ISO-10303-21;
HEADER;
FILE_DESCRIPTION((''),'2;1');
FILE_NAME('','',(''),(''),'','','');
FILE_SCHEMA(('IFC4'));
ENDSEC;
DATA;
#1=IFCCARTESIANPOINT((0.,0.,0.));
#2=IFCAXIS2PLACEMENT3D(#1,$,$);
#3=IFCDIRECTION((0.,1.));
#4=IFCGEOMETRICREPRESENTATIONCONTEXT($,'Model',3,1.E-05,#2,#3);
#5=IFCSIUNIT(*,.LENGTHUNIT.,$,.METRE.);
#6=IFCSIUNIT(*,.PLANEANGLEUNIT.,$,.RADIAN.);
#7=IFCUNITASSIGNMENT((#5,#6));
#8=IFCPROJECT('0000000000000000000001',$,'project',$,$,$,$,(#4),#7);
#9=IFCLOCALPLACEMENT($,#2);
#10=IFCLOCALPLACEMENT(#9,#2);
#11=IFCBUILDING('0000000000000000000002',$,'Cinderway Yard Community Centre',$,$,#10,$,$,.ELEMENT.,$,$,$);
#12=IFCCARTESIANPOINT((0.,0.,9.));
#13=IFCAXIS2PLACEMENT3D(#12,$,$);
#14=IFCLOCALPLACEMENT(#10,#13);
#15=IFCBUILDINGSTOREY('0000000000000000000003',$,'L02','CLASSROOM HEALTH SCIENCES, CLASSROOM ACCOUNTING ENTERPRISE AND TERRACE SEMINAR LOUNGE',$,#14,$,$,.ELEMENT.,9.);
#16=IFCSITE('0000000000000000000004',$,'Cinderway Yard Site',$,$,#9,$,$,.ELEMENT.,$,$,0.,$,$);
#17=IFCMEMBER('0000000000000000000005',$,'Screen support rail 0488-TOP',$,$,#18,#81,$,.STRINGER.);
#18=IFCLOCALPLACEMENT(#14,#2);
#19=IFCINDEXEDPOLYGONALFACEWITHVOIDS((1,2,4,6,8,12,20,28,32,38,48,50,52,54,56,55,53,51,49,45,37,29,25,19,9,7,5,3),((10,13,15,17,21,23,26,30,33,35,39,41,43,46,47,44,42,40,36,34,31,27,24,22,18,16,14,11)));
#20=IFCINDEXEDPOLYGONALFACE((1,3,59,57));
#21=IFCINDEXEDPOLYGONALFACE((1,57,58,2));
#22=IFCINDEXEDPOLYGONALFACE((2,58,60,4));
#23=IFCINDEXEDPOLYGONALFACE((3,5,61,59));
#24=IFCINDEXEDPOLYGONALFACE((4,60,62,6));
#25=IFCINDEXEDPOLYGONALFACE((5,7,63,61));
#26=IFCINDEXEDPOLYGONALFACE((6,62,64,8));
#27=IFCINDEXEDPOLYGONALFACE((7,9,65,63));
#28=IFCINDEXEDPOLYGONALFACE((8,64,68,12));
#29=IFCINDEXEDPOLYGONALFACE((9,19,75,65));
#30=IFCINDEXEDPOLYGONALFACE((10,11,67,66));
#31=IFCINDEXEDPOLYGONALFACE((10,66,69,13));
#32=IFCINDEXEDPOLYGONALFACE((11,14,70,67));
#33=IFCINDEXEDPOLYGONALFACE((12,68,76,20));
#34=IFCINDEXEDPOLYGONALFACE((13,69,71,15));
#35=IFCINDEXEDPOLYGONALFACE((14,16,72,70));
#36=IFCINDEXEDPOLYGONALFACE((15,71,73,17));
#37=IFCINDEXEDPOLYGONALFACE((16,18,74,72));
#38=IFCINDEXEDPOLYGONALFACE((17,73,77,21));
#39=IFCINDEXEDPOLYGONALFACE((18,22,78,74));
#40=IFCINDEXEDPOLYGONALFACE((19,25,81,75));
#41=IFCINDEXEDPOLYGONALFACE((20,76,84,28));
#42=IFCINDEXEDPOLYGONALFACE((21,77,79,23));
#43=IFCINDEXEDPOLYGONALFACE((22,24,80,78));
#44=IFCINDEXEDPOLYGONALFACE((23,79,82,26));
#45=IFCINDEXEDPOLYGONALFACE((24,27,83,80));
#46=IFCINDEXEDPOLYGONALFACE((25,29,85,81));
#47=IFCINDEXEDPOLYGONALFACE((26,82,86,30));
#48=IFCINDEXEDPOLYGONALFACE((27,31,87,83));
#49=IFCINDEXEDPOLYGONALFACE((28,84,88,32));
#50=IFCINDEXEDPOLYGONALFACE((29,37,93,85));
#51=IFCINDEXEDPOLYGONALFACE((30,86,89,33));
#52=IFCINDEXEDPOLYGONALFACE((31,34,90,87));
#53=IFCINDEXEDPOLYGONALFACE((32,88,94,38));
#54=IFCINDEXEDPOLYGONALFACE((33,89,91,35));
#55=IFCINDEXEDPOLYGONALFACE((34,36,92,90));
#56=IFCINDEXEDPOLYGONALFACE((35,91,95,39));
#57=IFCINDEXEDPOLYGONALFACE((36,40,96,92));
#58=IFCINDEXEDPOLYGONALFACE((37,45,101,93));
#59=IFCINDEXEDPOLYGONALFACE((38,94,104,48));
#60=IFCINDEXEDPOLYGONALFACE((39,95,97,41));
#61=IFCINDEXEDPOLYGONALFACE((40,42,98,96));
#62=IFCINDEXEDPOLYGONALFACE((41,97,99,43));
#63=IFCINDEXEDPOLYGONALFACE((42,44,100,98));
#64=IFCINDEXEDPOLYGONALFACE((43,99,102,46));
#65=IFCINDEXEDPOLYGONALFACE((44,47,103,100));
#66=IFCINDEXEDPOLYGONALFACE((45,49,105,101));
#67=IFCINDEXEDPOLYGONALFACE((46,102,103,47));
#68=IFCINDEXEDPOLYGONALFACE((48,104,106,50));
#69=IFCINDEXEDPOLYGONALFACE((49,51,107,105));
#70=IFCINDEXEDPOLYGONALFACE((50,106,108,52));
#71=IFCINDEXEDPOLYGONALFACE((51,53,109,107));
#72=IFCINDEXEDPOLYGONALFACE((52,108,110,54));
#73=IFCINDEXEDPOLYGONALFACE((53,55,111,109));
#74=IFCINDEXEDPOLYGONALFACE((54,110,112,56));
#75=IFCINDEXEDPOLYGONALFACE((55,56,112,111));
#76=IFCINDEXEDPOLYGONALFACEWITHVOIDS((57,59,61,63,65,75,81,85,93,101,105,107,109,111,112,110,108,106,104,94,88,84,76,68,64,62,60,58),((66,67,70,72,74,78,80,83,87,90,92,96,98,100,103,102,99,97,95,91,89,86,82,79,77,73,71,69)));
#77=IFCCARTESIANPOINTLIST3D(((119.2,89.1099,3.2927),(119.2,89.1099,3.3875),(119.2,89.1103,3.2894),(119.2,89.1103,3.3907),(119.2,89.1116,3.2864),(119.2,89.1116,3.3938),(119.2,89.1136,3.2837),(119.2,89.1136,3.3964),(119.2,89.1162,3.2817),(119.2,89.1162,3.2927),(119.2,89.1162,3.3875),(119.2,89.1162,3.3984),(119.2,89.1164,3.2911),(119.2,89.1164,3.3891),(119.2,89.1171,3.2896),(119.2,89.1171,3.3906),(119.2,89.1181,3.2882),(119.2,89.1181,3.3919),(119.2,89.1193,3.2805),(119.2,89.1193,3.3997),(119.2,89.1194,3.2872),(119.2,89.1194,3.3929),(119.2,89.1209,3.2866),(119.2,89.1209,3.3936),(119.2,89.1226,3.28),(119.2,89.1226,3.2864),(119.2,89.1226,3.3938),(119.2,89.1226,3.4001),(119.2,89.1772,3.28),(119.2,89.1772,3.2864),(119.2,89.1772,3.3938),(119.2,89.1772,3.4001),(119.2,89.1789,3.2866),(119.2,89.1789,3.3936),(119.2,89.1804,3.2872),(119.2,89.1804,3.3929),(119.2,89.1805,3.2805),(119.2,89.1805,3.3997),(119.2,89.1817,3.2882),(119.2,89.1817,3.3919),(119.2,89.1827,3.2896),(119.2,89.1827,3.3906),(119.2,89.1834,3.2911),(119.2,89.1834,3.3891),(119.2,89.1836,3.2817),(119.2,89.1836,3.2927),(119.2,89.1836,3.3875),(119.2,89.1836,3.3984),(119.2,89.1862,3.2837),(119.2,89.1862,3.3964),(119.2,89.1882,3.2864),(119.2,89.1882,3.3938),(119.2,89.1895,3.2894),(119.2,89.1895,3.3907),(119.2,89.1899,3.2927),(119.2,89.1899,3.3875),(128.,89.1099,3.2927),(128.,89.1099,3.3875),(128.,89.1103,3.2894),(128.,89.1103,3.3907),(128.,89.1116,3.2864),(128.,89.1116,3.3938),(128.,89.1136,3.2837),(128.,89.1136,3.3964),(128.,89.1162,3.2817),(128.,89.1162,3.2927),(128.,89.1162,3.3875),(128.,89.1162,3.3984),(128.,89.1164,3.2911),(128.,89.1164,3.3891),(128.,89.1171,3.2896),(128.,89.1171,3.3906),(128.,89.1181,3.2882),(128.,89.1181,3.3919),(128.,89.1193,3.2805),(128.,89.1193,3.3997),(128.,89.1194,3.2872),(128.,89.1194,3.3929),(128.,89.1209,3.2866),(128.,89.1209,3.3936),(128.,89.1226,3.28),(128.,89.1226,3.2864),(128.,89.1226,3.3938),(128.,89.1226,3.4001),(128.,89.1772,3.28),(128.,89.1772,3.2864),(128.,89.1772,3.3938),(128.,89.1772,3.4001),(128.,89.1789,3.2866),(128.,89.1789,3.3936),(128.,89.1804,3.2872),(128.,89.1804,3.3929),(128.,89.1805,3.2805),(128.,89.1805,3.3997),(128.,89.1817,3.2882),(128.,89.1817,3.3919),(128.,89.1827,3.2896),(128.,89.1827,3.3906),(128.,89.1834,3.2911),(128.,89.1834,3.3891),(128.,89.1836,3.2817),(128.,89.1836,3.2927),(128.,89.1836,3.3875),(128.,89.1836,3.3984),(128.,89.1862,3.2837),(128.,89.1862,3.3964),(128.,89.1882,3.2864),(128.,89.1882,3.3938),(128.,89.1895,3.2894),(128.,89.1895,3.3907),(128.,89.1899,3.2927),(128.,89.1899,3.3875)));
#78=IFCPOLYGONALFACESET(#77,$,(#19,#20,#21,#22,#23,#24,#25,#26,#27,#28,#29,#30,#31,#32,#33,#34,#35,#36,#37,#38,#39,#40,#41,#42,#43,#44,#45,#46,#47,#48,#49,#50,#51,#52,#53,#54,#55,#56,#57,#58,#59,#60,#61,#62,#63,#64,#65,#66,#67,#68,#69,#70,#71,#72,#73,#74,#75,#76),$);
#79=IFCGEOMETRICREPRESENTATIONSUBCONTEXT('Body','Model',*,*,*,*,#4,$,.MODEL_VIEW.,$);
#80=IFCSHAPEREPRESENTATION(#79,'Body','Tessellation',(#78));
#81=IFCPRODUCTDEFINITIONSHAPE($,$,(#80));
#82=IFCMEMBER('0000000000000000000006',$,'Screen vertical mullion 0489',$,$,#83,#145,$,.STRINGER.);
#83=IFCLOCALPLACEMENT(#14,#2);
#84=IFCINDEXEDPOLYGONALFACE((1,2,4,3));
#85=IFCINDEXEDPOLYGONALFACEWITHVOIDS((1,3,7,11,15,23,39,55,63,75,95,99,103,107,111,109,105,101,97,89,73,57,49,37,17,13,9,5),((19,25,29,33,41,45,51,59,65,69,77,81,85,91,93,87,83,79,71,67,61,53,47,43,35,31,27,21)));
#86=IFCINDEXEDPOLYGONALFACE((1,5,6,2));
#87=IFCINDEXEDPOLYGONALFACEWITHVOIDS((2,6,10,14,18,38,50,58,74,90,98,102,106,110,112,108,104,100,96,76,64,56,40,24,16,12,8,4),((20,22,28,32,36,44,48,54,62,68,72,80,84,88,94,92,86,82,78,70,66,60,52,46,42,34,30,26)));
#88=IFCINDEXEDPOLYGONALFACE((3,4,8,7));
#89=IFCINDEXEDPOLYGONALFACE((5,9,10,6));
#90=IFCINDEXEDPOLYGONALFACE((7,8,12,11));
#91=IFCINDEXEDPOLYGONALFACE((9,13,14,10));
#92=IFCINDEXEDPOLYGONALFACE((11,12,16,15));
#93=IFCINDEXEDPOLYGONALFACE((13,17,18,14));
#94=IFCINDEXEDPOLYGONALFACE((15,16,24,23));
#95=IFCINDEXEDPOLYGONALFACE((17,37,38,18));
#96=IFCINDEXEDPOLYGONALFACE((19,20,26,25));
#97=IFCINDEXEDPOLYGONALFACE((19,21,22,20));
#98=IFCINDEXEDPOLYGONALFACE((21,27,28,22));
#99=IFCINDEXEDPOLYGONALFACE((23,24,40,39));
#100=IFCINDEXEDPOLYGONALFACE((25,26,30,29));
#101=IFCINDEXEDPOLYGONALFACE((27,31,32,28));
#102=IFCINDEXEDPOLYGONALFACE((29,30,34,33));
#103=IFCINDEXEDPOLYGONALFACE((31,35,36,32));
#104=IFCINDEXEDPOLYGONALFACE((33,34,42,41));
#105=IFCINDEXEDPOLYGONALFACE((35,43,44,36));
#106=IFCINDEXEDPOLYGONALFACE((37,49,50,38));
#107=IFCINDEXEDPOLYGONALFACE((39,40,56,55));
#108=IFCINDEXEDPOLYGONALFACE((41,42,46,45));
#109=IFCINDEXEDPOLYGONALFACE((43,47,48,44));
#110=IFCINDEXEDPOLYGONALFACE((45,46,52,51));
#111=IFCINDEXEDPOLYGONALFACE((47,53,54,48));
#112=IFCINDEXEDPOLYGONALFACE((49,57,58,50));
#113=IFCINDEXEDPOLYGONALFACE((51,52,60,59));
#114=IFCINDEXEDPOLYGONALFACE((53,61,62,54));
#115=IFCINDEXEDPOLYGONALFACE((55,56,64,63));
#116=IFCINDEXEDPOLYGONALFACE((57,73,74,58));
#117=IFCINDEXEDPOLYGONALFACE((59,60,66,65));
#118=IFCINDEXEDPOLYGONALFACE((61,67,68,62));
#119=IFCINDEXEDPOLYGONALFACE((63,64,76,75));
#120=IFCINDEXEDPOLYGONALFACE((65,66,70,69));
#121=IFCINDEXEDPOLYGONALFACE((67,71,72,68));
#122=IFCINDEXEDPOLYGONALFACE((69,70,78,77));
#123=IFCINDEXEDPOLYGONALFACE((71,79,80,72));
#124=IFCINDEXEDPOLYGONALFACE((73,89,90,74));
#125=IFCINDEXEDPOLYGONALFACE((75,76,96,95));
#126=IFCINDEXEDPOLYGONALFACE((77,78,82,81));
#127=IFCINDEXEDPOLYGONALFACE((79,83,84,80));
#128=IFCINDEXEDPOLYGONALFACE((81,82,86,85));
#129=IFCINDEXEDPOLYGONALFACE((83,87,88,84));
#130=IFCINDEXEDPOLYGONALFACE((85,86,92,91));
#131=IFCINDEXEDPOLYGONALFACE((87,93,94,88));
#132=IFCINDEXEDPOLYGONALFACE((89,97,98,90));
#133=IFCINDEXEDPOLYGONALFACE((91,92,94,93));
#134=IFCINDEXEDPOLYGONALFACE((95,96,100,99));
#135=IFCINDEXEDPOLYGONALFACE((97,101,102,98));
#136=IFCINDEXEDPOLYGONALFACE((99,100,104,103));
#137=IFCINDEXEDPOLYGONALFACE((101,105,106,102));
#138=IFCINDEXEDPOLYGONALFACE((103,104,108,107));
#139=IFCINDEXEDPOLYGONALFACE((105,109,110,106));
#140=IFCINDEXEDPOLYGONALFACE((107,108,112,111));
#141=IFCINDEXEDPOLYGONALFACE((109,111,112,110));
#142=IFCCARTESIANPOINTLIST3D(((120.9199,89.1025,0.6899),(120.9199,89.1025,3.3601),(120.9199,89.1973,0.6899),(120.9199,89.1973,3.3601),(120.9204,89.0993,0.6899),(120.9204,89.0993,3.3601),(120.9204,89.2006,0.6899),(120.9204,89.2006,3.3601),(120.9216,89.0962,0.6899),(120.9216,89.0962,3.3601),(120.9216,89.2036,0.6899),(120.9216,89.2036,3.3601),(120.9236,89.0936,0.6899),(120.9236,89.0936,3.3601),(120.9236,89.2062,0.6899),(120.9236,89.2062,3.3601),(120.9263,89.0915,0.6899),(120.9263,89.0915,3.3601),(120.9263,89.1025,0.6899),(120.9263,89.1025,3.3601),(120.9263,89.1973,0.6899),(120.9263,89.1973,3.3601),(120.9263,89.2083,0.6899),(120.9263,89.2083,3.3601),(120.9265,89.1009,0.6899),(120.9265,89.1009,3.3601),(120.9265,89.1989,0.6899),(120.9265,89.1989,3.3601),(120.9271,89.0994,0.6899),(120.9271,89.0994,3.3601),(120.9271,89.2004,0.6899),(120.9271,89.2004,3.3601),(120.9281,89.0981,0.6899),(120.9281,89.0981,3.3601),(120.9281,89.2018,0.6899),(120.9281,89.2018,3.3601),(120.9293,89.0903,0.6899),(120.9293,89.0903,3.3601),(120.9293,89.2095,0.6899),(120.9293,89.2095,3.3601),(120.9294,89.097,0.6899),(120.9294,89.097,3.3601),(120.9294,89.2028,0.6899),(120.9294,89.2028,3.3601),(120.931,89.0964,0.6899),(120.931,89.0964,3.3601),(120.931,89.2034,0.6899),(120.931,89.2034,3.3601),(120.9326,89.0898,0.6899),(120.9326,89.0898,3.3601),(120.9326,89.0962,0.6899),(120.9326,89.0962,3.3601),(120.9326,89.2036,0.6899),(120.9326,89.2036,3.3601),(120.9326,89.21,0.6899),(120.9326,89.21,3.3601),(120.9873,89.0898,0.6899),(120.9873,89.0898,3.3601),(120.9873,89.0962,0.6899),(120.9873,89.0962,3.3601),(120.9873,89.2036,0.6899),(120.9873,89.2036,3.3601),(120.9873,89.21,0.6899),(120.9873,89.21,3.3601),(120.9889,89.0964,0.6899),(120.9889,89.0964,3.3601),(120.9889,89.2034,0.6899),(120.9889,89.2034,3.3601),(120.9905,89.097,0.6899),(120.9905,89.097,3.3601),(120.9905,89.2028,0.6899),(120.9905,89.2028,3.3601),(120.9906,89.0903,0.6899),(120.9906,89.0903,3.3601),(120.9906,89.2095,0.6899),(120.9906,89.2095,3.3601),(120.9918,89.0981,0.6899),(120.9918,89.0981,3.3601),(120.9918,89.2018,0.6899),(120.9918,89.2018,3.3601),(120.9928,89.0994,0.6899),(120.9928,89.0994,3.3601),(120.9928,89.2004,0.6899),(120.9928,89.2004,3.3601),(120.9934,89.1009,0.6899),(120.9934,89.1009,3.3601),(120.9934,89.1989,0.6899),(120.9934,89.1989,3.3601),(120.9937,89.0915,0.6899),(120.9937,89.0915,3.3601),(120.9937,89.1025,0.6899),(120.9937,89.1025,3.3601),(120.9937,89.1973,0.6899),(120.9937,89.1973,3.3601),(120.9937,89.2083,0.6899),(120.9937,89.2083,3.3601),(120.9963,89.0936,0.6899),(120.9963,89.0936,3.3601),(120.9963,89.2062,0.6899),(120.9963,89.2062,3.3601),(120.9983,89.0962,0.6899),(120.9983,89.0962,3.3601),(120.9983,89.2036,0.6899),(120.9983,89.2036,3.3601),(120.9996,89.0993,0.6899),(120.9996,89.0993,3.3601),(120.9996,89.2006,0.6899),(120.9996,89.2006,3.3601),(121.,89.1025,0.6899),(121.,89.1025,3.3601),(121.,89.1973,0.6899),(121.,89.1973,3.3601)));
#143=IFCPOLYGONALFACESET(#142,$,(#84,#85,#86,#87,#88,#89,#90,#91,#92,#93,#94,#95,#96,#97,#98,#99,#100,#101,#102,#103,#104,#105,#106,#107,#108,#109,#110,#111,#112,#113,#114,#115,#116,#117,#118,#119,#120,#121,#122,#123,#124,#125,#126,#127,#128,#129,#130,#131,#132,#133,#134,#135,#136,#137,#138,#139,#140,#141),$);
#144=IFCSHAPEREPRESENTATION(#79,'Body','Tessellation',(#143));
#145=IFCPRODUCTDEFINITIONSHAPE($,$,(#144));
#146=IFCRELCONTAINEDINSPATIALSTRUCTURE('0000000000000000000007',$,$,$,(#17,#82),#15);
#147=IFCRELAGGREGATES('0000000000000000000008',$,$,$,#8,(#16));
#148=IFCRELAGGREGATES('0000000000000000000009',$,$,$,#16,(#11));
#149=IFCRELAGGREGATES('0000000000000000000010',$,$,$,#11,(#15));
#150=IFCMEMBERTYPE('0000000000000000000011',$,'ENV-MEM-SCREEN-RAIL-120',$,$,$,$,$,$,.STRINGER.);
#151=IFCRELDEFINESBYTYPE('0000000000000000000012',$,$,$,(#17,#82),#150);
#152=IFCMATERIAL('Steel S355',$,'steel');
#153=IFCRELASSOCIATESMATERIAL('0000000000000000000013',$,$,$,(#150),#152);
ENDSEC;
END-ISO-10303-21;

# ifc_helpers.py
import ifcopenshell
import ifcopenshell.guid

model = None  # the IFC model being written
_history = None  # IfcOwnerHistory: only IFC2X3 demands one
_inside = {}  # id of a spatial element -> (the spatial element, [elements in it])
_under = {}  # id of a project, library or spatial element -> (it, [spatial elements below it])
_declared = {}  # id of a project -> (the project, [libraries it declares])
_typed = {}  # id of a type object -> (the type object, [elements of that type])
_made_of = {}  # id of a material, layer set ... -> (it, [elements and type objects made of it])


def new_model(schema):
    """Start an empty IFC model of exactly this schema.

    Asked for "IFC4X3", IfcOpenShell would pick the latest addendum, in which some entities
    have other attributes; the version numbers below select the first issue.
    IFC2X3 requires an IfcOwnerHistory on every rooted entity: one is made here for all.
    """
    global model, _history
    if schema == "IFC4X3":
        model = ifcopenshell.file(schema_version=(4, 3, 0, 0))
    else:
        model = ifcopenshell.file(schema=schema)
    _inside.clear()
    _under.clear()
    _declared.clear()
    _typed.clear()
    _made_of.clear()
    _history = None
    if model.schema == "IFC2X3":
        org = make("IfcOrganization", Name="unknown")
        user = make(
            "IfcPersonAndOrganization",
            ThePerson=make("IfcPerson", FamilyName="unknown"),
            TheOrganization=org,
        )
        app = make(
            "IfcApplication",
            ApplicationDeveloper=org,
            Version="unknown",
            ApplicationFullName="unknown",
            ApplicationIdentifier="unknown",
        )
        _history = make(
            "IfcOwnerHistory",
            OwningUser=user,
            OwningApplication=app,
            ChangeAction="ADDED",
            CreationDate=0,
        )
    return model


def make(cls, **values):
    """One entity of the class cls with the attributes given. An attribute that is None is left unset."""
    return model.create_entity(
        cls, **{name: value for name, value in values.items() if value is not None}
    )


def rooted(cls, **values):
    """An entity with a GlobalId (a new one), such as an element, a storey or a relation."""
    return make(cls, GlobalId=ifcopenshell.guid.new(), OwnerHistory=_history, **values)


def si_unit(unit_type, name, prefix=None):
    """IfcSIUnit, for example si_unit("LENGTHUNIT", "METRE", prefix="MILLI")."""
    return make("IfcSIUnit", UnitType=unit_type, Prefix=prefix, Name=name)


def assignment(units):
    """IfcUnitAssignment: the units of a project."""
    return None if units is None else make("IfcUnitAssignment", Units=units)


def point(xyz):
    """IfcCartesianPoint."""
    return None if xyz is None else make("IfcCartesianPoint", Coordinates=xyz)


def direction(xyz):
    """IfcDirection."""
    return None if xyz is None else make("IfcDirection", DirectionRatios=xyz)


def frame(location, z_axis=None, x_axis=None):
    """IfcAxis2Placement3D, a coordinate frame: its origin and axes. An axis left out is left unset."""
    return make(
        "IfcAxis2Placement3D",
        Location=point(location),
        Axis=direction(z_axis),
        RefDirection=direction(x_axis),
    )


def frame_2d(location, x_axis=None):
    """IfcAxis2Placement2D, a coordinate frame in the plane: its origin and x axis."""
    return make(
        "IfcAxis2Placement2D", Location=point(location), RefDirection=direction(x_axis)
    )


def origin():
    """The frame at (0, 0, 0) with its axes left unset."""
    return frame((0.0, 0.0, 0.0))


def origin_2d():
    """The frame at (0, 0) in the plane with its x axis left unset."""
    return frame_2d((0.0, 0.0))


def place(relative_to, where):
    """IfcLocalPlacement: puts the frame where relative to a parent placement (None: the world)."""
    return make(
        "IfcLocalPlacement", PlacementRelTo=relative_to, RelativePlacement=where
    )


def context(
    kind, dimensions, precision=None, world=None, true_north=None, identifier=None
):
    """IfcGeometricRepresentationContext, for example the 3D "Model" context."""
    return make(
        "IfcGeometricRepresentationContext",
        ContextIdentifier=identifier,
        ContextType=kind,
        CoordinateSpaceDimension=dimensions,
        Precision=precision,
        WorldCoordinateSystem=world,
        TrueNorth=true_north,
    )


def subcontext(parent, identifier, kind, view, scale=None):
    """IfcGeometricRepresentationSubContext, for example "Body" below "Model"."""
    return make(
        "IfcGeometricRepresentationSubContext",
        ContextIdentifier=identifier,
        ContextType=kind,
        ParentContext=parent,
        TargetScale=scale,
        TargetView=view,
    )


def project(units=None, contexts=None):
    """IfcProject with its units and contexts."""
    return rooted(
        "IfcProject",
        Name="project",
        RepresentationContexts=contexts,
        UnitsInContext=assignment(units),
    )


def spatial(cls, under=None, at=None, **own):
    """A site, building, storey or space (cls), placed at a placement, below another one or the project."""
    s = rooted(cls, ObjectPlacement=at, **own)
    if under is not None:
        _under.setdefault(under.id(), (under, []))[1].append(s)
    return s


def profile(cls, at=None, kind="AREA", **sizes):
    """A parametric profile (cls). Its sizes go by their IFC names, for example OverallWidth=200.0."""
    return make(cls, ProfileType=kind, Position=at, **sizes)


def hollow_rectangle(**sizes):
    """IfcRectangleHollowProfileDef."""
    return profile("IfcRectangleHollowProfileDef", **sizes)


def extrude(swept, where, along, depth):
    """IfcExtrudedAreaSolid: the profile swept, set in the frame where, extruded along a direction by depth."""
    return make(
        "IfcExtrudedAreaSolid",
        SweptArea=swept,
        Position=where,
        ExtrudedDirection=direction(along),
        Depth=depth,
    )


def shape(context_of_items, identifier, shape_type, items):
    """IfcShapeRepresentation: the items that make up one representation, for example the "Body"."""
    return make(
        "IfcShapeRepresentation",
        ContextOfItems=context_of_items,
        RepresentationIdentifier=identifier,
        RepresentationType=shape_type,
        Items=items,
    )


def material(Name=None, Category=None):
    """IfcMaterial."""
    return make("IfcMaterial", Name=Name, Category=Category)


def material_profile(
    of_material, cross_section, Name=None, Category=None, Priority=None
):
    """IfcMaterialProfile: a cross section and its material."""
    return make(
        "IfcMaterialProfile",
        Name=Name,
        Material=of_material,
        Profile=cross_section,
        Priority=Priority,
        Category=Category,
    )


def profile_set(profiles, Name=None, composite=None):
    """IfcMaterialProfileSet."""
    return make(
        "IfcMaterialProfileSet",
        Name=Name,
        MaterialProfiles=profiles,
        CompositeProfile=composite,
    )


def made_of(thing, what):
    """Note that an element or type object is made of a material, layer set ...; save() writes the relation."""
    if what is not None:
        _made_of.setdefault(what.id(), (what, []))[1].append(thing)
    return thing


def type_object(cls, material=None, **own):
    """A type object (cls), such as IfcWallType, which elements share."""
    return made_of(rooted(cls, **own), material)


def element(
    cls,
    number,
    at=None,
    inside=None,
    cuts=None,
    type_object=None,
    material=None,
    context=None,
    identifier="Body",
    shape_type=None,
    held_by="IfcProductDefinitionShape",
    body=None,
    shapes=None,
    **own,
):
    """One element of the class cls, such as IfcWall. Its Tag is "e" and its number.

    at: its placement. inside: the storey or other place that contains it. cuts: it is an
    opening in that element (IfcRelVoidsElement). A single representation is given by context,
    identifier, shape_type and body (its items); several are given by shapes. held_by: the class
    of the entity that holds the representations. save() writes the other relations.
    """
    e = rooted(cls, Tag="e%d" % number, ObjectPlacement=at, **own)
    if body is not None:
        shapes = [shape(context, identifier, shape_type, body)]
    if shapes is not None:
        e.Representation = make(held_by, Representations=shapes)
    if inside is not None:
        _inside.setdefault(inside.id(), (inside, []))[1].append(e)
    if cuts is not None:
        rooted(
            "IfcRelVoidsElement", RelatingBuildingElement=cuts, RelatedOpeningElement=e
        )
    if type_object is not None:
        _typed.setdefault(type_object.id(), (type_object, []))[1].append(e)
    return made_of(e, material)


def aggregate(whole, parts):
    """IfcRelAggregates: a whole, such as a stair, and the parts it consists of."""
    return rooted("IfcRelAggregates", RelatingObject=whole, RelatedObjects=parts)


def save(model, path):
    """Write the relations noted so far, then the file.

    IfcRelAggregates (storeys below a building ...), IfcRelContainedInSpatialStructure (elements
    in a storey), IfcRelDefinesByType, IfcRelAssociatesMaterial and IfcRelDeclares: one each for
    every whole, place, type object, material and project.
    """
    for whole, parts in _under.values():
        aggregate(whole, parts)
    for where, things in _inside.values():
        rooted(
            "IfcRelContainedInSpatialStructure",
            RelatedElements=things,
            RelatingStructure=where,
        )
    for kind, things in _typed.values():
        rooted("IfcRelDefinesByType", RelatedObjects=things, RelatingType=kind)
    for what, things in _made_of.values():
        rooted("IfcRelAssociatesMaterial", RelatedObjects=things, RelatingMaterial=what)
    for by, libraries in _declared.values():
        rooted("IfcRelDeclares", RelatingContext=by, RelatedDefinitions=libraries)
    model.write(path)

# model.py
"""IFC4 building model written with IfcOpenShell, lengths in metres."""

from ifc_helpers import new_model, si_unit, direction, frame, origin, origin_2d, place, context, subcontext, project, spatial, hollow_rectangle, extrude, material, material_profile, profile_set, type_object, element, save


model = new_model("IFC4")

# Units and contexts
model_context = context("Model", 3, precision=1e-05, world=origin(), true_north=direction((0.0, 1.0)))
body_context = subcontext(model_context, "Body", "Model", "MODEL_VIEW")
ifc_project = project(units=[si_unit("LENGTHUNIT", "METRE"), si_unit("PLANEANGLEUNIT", "RADIAN")], contexts=[model_context])

# Site, building, storey
site_placement = place(None, origin())
site = spatial("IfcSite", under=ifc_project, at=site_placement, Name="Cinderway Yard Site", CompositionType="ELEMENT", RefElevation=0.0)
building_placement = place(site_placement, origin())
building = spatial("IfcBuilding", under=site, at=building_placement, Name="Cinderway Yard Community Centre", CompositionType="ELEMENT")
storey_placement = place(building_placement, frame((0.0, 0.0, 9.0)))
storey = spatial("IfcBuildingStorey", under=building, at=storey_placement, Name="L02", Description="CLASSROOM HEALTH SCIENCES, CLASSROOM ACCOUNTING ENTERPRISE AND TERRACE SEMINAR LOUNGE", CompositionType="ELEMENT", Elevation=9.0)

# Members
ifc_material_1 = material(Name="Steel S355", Category="steel")
ifc_material_profile = material_profile(ifc_material_1, hollow_rectangle(XDim=0.0801, YDim=0.1201, WallThickness=0.0063, InnerFilletRadius=0.0063, OuterFilletRadius=0.0127, at=origin_2d()), Name="Steel S355")
ifc_profile_set = profile_set([ifc_material_profile], Name="Steel S355")
member_type = type_object("IfcMemberType", Name="ENV-MEM-SCREEN-RAIL-120", PredefinedType="STRINGER", material=ifc_profile_set)
for number, where, z_axis, x_axis, name in (
    (1, (119.2, 89.1499, 3.3401), (1.0, 0.0, 0.0), (0.0, 1.0, 0.0), "Screen support rail 0488-TOP"),
):
    element("IfcMember", number, at=place(storey_placement, frame(where, z_axis=z_axis, x_axis=x_axis)), inside=storey, type_object=member_type, Name=name, PredefinedType="STRINGER", context=body_context, shape_type="SweptSolid", body=[
        extrude(hollow_rectangle(XDim=0.0801, YDim=0.1201, WallThickness=0.0063, InnerFilletRadius=0.0063, OuterFilletRadius=0.0127, at=origin_2d()), origin(), (0.0, 0.0, 1.0), 8.8),
    ])
for number, where, z_axis, x_axis, name in (
    (2, (120.96, 89.1499, 0.6899), (0.0, 0.0, 1.0), (1.0, 0.0, 0.0), "Screen vertical mullion 0489"),
):
    element("IfcMember", number, at=place(storey_placement, frame(where, z_axis=z_axis, x_axis=x_axis)), inside=storey, type_object=member_type, Name=name, PredefinedType="STRINGER", context=body_context, shape_type="SweptSolid", body=[
        extrude(hollow_rectangle(XDim=0.0801, YDim=0.1201, WallThickness=0.0063, InnerFilletRadius=0.0063, OuterFilletRadius=0.0127, at=origin_2d()), origin(), (0.0, 0.0, 1.0), 2.6702),
    ])

save(model, "model.ifc")
